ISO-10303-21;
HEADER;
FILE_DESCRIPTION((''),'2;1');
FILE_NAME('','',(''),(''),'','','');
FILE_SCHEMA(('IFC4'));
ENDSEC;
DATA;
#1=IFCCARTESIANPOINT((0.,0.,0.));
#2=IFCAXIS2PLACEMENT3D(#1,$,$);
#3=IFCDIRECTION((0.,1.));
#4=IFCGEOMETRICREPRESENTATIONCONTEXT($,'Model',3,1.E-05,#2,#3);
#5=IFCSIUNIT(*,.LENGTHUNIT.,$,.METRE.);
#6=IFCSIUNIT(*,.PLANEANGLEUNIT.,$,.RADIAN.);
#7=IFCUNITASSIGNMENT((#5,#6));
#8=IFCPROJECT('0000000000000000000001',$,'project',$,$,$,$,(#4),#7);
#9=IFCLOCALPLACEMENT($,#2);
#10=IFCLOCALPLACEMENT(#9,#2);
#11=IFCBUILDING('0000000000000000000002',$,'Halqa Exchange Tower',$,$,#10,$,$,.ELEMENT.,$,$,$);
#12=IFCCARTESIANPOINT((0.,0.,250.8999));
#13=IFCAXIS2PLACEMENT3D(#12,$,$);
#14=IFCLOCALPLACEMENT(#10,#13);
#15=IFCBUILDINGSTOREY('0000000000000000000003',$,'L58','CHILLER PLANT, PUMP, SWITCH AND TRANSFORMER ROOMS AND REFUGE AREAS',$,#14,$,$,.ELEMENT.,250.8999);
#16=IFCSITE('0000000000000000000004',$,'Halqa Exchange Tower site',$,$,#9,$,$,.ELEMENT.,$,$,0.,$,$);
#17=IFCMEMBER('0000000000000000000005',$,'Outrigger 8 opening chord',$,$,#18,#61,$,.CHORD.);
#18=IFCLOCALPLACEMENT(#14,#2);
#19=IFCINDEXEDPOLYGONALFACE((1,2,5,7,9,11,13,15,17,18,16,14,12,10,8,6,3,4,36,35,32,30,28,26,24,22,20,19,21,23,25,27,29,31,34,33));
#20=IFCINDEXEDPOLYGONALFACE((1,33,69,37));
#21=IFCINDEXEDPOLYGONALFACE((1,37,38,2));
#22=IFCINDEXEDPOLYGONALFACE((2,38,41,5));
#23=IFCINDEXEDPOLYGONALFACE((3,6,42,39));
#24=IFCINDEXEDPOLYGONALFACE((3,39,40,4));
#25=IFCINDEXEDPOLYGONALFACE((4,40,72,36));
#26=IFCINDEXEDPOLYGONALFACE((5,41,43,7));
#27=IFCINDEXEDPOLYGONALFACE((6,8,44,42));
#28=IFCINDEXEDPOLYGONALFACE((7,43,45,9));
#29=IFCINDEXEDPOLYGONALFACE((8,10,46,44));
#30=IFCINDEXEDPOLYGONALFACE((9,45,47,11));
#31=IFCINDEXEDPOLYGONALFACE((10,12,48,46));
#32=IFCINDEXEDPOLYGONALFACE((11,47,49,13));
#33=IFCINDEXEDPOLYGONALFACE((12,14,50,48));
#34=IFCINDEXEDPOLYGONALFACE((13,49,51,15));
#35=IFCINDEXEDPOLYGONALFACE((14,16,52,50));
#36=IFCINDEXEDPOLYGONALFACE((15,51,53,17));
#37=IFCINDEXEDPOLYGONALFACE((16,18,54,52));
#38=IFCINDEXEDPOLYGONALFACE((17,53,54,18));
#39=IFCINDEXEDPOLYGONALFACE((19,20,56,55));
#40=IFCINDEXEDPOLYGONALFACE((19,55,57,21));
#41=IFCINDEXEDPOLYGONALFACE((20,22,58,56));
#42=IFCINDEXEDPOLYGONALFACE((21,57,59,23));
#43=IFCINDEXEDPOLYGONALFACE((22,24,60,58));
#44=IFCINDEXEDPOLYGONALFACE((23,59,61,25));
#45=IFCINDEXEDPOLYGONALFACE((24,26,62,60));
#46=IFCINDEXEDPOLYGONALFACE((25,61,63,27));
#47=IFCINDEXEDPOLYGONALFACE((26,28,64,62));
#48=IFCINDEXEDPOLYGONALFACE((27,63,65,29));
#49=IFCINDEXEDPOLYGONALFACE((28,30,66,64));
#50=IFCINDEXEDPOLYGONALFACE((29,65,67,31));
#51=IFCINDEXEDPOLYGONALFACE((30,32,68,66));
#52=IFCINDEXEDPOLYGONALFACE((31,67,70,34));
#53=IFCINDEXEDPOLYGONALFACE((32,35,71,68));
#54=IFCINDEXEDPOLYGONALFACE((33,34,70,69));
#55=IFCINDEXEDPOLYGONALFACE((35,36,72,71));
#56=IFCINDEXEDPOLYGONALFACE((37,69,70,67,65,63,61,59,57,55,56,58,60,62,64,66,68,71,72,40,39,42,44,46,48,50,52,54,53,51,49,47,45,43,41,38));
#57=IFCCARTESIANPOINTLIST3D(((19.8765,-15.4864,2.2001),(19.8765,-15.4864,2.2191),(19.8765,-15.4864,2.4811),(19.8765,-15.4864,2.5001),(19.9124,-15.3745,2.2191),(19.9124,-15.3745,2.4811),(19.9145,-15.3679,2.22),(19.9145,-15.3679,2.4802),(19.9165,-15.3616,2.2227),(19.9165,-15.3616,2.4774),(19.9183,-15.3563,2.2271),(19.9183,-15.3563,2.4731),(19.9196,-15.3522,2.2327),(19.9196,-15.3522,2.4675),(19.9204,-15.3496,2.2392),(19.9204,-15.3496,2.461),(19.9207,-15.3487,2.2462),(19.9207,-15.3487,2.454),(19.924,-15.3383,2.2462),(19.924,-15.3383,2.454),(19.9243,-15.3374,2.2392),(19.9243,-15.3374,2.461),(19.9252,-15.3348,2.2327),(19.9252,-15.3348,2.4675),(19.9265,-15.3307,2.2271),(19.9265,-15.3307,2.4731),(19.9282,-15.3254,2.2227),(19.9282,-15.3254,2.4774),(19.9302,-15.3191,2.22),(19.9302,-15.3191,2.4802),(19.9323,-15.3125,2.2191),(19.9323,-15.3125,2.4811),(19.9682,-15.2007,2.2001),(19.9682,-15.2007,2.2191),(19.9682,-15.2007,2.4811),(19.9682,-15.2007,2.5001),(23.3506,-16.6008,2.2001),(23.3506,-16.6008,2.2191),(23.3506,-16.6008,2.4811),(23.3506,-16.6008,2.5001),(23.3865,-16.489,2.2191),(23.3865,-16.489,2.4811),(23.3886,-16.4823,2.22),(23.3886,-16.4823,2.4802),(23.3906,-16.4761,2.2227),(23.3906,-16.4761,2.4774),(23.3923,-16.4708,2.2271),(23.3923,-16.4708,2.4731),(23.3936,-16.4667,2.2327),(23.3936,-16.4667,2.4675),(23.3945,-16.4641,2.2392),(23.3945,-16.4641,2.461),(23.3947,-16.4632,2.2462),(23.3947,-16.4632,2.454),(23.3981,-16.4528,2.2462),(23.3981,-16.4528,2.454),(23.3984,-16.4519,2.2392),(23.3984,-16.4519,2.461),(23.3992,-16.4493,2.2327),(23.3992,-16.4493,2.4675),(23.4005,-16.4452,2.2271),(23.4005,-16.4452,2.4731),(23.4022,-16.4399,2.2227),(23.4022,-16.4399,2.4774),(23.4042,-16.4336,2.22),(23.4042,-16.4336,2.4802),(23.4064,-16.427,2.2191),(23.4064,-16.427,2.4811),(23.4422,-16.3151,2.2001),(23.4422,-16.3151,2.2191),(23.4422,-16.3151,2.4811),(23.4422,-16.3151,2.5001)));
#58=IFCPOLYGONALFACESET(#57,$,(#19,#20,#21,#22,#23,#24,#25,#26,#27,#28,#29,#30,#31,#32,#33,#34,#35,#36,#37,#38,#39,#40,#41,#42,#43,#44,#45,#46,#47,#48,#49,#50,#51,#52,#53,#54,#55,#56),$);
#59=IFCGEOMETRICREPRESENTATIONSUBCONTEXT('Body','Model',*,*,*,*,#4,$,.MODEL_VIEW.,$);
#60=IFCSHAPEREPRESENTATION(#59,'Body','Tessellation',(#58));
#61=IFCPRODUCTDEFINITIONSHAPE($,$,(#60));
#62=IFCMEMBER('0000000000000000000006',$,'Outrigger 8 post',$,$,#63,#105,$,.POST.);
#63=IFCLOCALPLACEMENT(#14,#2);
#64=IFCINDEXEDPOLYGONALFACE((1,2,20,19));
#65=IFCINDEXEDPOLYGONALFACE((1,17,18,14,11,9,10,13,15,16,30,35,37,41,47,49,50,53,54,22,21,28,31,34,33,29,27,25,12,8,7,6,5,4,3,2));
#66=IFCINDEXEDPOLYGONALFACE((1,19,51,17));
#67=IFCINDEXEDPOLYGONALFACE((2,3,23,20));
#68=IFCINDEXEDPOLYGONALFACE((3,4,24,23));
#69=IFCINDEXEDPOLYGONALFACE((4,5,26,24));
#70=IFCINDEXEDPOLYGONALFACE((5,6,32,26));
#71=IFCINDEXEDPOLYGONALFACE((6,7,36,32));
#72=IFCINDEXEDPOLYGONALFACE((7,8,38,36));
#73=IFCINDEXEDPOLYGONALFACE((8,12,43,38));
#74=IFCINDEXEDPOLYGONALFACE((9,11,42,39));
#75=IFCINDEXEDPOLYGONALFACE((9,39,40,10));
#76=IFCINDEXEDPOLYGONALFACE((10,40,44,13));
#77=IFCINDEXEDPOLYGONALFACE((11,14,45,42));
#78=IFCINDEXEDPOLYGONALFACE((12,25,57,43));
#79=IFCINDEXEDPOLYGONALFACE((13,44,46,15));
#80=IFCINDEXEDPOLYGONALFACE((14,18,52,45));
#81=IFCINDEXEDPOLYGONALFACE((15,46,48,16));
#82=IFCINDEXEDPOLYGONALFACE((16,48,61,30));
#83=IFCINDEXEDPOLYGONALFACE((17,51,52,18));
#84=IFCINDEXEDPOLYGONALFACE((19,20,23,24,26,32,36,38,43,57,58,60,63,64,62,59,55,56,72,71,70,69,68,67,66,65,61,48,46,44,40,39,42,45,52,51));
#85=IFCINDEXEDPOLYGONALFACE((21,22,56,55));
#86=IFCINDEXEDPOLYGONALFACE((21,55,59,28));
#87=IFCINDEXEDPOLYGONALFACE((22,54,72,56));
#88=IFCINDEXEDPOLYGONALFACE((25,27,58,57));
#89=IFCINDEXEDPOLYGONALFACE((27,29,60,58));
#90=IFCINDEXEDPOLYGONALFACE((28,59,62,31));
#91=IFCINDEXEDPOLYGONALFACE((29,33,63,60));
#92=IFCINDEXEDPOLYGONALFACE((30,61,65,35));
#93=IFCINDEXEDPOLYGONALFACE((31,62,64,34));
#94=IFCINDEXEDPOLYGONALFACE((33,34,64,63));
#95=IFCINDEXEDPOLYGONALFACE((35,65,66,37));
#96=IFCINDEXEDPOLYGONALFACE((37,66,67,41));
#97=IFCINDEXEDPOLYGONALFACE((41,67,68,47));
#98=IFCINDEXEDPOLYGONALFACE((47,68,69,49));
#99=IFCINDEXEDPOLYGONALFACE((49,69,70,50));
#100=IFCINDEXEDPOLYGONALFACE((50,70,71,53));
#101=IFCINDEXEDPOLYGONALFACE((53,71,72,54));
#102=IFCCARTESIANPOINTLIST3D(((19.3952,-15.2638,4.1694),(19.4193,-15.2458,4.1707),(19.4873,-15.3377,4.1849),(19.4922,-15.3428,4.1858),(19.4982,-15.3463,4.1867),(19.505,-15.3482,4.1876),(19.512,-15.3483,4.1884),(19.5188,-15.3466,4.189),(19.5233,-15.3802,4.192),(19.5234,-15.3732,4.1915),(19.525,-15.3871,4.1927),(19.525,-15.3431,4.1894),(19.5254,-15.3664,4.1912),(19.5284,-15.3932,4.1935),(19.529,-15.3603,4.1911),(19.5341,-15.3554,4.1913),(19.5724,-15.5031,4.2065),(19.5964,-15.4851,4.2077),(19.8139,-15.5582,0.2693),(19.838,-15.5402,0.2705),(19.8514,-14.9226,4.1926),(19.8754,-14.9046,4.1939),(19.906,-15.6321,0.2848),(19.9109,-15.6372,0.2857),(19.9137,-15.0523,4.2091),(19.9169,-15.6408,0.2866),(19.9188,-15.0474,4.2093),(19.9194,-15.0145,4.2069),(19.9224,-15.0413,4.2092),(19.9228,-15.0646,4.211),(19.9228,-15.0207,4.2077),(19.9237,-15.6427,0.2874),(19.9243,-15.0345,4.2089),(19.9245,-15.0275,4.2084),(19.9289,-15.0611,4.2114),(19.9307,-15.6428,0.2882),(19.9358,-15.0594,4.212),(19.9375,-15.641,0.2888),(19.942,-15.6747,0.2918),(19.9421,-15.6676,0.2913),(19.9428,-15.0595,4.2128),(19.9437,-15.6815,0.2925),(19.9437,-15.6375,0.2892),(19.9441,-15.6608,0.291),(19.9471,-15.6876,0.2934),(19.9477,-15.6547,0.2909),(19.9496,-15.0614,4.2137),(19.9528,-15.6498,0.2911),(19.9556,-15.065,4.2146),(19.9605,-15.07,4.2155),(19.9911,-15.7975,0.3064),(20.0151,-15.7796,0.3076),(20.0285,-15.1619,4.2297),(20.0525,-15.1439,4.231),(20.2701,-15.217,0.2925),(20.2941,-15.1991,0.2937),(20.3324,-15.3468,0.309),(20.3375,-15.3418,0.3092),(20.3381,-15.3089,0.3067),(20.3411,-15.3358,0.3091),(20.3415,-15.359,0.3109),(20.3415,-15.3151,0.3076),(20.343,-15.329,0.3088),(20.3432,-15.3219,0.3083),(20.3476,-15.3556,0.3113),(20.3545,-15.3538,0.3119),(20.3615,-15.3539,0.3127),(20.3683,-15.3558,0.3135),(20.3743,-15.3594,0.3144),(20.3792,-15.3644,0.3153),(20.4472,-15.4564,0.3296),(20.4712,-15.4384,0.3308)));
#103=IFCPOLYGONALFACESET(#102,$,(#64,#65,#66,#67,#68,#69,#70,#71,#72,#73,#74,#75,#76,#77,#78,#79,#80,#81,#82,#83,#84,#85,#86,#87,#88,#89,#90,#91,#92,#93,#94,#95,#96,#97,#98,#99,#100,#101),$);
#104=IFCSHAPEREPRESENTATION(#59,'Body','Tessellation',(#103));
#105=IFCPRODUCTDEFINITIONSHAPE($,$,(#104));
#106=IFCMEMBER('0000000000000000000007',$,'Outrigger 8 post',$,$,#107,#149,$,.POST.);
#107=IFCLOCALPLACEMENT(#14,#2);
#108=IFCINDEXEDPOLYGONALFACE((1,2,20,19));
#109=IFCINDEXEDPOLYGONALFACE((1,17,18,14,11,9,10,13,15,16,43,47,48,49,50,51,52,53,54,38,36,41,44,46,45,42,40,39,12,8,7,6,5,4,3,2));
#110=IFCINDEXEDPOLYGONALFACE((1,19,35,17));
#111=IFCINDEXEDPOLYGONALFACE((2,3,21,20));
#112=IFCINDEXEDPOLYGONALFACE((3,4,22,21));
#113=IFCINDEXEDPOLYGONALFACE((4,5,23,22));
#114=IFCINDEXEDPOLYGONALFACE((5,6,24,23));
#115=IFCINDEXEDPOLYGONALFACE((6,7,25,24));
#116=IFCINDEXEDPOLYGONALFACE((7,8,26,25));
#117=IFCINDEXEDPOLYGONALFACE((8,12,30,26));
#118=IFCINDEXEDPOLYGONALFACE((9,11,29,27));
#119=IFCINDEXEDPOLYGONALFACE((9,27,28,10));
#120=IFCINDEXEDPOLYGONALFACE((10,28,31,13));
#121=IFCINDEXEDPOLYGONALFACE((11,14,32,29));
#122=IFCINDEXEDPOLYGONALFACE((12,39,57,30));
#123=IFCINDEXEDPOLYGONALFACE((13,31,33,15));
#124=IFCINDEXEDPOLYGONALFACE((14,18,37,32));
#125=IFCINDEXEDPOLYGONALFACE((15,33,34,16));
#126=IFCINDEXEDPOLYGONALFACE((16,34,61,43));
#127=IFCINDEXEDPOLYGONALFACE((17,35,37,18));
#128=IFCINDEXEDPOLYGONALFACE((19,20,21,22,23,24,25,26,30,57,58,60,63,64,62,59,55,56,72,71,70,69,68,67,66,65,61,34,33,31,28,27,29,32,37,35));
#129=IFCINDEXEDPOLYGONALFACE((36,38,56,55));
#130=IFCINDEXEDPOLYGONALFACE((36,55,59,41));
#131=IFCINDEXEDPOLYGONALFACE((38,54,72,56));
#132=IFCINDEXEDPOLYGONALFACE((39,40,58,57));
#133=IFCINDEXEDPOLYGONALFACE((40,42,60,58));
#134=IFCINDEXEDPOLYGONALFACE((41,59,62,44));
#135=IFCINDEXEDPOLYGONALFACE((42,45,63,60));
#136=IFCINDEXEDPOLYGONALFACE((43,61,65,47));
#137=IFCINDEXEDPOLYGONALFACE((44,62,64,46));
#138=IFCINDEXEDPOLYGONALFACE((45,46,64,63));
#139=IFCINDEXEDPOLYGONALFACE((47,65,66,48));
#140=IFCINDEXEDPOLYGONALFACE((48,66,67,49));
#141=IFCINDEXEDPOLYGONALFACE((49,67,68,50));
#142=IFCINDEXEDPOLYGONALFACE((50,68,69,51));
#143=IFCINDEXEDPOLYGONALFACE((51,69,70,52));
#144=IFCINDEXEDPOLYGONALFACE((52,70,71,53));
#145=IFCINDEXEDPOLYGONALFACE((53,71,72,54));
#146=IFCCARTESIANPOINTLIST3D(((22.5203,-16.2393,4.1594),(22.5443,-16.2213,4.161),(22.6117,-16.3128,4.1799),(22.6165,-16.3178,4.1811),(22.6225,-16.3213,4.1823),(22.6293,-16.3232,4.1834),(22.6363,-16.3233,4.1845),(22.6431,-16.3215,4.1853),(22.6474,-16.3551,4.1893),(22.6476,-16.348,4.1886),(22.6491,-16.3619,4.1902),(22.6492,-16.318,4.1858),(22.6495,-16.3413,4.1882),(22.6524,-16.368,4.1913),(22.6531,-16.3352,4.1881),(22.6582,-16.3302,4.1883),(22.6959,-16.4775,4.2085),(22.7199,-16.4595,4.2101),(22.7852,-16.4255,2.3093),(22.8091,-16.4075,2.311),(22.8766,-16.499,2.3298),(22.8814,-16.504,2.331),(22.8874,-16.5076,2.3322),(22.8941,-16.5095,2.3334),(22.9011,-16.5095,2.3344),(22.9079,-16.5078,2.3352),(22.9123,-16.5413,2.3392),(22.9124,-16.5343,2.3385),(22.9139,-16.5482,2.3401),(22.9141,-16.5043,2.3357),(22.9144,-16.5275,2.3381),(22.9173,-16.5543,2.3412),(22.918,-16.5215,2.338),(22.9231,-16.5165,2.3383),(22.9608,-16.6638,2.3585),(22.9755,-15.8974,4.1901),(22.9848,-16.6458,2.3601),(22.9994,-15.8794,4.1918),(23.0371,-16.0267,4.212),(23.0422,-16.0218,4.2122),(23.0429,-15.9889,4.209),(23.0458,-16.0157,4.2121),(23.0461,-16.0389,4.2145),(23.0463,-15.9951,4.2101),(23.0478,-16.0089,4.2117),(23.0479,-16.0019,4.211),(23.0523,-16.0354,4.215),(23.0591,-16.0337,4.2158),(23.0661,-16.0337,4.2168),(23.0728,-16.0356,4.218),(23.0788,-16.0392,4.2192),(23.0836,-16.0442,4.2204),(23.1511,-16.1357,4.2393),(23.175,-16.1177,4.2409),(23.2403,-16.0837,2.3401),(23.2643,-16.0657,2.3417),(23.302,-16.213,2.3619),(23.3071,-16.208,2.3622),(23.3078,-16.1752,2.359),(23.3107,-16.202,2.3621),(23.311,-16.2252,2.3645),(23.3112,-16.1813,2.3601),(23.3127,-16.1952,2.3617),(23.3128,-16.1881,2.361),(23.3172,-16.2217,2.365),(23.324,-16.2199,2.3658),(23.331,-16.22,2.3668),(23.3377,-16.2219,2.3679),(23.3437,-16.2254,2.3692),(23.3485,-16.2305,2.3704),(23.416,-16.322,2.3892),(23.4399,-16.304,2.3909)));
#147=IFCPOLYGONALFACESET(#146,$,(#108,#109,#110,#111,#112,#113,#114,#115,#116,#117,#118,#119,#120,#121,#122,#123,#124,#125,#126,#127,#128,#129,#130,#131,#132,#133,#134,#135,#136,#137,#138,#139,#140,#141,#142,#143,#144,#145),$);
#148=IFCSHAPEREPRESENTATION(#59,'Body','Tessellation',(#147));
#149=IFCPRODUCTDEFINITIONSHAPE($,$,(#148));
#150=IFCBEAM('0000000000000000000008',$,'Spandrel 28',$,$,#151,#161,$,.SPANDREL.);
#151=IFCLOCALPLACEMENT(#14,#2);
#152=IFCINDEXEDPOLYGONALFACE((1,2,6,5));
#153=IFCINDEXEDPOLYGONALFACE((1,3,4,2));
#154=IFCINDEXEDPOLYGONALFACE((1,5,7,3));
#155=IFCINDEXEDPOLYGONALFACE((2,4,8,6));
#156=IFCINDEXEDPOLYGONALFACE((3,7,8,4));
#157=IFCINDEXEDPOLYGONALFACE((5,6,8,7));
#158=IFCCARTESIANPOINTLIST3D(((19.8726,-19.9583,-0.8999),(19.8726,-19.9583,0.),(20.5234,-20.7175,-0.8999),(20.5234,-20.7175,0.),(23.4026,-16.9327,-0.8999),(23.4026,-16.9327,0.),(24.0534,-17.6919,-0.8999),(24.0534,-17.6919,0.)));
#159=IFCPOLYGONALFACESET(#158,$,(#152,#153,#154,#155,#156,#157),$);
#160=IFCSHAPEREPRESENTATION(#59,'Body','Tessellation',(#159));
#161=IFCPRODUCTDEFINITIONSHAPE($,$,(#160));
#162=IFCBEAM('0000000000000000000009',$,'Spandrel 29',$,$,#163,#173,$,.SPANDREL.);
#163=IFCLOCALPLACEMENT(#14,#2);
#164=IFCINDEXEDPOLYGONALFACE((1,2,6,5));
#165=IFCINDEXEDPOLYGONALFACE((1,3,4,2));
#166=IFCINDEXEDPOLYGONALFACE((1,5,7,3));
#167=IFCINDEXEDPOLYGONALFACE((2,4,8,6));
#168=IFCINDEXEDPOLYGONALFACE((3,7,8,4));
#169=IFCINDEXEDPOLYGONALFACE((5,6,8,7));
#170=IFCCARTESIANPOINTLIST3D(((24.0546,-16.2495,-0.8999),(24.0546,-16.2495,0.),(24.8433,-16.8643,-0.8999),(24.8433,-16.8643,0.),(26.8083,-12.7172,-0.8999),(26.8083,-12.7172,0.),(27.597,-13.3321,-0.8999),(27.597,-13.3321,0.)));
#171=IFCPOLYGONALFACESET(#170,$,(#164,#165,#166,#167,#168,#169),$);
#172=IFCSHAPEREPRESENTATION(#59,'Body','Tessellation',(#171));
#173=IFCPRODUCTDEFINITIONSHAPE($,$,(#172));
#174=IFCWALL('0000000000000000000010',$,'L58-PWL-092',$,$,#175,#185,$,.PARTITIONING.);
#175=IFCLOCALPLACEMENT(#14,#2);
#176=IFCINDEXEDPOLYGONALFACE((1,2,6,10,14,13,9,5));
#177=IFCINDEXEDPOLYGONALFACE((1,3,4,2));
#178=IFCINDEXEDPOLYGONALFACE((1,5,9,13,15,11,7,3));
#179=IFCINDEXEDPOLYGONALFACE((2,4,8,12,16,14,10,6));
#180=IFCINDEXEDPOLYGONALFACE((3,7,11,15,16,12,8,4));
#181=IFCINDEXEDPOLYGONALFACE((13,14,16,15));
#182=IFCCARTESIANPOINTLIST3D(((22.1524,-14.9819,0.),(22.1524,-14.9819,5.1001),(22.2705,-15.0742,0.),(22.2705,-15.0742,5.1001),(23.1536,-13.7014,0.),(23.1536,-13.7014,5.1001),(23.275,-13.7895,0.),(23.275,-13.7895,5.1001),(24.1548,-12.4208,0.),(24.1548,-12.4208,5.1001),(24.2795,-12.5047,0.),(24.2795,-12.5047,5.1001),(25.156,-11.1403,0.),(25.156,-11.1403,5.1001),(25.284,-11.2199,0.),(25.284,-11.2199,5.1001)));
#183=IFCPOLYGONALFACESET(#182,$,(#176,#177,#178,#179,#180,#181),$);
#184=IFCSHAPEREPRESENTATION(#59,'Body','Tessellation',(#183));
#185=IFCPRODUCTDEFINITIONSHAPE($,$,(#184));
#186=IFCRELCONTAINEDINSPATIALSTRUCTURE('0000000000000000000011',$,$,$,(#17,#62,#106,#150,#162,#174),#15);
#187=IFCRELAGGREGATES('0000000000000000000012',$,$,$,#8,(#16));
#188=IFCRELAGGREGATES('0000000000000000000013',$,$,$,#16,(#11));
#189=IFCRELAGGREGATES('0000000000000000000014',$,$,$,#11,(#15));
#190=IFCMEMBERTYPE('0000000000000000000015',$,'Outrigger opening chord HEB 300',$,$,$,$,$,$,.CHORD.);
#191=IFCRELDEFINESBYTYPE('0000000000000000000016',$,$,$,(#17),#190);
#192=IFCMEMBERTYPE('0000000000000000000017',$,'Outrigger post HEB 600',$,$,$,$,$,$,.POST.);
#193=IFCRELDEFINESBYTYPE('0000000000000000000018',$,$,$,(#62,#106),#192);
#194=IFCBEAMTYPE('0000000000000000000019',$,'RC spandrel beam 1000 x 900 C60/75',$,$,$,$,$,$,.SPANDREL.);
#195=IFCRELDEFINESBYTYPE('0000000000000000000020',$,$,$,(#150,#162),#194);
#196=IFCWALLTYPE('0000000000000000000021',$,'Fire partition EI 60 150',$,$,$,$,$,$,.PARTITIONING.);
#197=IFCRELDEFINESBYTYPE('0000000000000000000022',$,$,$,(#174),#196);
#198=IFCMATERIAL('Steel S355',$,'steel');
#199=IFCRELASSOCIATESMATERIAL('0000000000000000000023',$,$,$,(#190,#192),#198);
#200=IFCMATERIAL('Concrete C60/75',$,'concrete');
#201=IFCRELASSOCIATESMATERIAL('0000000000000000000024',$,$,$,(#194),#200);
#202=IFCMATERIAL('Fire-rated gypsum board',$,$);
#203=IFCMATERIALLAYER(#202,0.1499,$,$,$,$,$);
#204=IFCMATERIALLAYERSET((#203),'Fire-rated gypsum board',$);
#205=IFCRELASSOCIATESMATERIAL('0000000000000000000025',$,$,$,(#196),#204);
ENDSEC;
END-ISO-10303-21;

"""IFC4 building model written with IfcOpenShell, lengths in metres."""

from ifc_helpers import new_model, si_unit, direction, frame, origin, origin_2d, place, context, subcontext, project, spatial, polyline, rectangle, i_section, outline, extrude, material, layer, layer_set, material_profile, profile_set, type_object, element, save


model = new_model("IFC4")

# Units and contexts
model_context = context("Model", 3, precision=1e-05, world=origin(), true_north=direction((0.0, 1.0)))
body_context = subcontext(model_context, "Body", "Model", "MODEL_VIEW")
ifc_project = project(units=[si_unit("LENGTHUNIT", "METRE"), si_unit("PLANEANGLEUNIT", "RADIAN")], contexts=[model_context])

# Site, building, storey
site_placement = place(None, origin())
site = spatial("IfcSite", under=ifc_project, at=site_placement, Name="Halqa Exchange Tower site", CompositionType="ELEMENT", RefElevation=0.0)
building_placement = place(site_placement, origin())
building = spatial("IfcBuilding", under=site, at=building_placement, Name="Halqa Exchange Tower", CompositionType="ELEMENT")
storey_placement = place(building_placement, frame((0.0, 0.0, 250.8999)))
storey = spatial("IfcBuildingStorey", under=building, at=storey_placement, Name="L58", Description="CHILLER PLANT, PUMP, SWITCH AND TRANSFORMER ROOMS AND REFUGE AREAS", CompositionType="ELEMENT", Elevation=250.8999)

# Shared definitions
ifc_material_1 = material(Name="Concrete C60/75", Category="concrete")

# Members
ifc_material_2 = material(Name="Steel S355", Category="steel")
ifc_material_profile_1 = material_profile(ifc_material_2, i_section(OverallWidth=0.3, OverallDepth=0.3, WebThickness=0.011, FlangeThickness=0.019, FilletRadius=0.0271, at=origin_2d()), Name="HEB 300")
ifc_profile_set_1 = profile_set([ifc_material_profile_1], Name="Steel S355")
member_type_1 = type_object("IfcMemberType", Name="Outrigger opening chord HEB 300", PredefinedType="CHORD", material=ifc_profile_set_1)
member_1_placement = place(storey_placement, frame((19.9224, -15.3435, 2.3501), z_axis=(0.952202, -0.305468, 0.0), x_axis=(0.305468, 0.952202, 0.0)))
element("IfcMember", 1, at=member_1_placement, inside=storey, type_object=member_type_1, Name="Outrigger 8 opening chord", PredefinedType="CHORD", context=body_context, shape_type="SweptSolid", body=[
    extrude(i_section(OverallWidth=0.3, OverallDepth=0.3, WebThickness=0.011, FlangeThickness=0.019, FilletRadius=0.0271, at=origin_2d()), origin(), (0.0, 0.0, 1.0), 3.6484),
])
ifc_material_profile_2 = material_profile(ifc_material_2, i_section(OverallWidth=0.3, OverallDepth=0.6001, WebThickness=0.0154, FlangeThickness=0.03, FilletRadius=0.0271, at=origin_2d()), Name="HEB 600")
ifc_profile_set_2 = profile_set([ifc_material_profile_2], Name="Steel S355")
member_type_2 = type_object("IfcMemberType", Name="Outrigger post HEB 600", PredefinedType="POST", material=ifc_profile_set_2)
member_2_placement = place(storey_placement, frame((20.1426, -15.4983, 0.3), z_axis=(-0.106442, 0.074851, 0.991498), x_axis=(0.590345, -0.797632, 0.123592)))
element("IfcMember", 2, at=member_2_placement, inside=storey, type_object=member_type_2, Name="Outrigger 8 post", PredefinedType="POST", context=body_context, shape_type="SweptSolid", body=[
    extrude(i_section(OverallWidth=0.3, OverallDepth=0.6001, WebThickness=0.0154, FlangeThickness=0.03, FilletRadius=0.0271, at=origin_2d()), origin(), (0.0, 0.0, 1.0), 3.9336),
])
member_3_placement = place(storey_placement, frame((23.1125, -16.3647, 2.3501), z_axis=(-0.141033, 0.099178, 0.985024), x_axis=(0.585306, -0.794103, 0.163758)))
element("IfcMember", 3, at=member_3_placement, inside=storey, type_object=member_type_2, Name="Outrigger 8 post", PredefinedType="POST", context=body_context, shape_type="SweptSolid", body=[
    extrude(i_section(OverallWidth=0.3, OverallDepth=0.6001, WebThickness=0.0154, FlangeThickness=0.03, FilletRadius=0.0271, at=origin_2d()), origin(), (0.0, 0.0, 1.0), 1.8782),
])

# Beams
ifc_material_profile_3 = material_profile(ifc_material_1, rectangle(XDim=1.0, YDim=0.8999, at=origin_2d()), Name="1000 x 900")
ifc_profile_set_3 = profile_set([ifc_material_profile_3], Name="Concrete C60/75")
beam_type = type_object("IfcBeamType", Name="RC spandrel beam 1000 x 900 C60/75", PredefinedType="SPANDREL", material=ifc_profile_set_3)
beam_1_placement = place(storey_placement, frame((20.198, -20.3379, -0.45), z_axis=(0.759268, 0.650778, 0.0), x_axis=(-0.650778, 0.759268, 0.0)))
element("IfcBeam", 4, at=beam_1_placement, inside=storey, type_object=beam_type, Name="Spandrel 28", PredefinedType="SPANDREL", context=body_context, shape_type="SweptSolid", body=[
    extrude(rectangle(XDim=1.0, YDim=0.8999, at=origin_2d()), origin(), (0.0, 0.0, 1.0), 4.6492),
])
beam_2_placement = place(storey_placement, frame((24.449, -16.5569, -0.45), z_axis=(0.614827, 0.788662, 0.0), x_axis=(-0.788662, 0.614827, 0.0)))
element("IfcBeam", 5, at=beam_2_placement, inside=storey, type_object=beam_type, Name="Spandrel 29", PredefinedType="SPANDREL", context=body_context, shape_type="SweptSolid", body=[
    extrude(rectangle(XDim=1.0, YDim=0.8999, at=origin_2d()), origin(), (0.0, 0.0, 1.0), 4.4788),
])

# Wall
ifc_material_3 = material(Name="Fire-rated gypsum board")
ifc_layer_1 = layer(ifc_material_3, 0.1499)
ifc_layer_set_1 = layer_set([ifc_layer_1], Name="Fire-rated gypsum board")
wall_type_1 = type_object("IfcWallType", Name="Fire partition EI 60 150", PredefinedType="PARTITIONING", material=ifc_layer_set_1)
wall_1_placement = place(storey_placement, frame((22.2114, -15.0281, 0.0), z_axis=(0.0, 0.0, 1.0), x_axis=(0.615942, 0.787791, 0.0)))
element("IfcWall", 6, at=wall_1_placement, inside=storey, type_object=wall_type_1, Name="L58-PWL-092", PredefinedType="PARTITIONING", context=body_context, shape_type="SweptSolid", body=[
    extrude(outline(polyline([(0.0, -0.075), (1.6309, -0.075), (3.2617, -0.075), (4.8926, -0.075), (4.8765, 0.075), (3.251, 0.075), (1.6255, 0.075), (0.0, 0.075), (0.0, -0.075)])), origin(), (0.0, 0.0, 1.0), 5.1001),
])

save(model, "model.ifc")
